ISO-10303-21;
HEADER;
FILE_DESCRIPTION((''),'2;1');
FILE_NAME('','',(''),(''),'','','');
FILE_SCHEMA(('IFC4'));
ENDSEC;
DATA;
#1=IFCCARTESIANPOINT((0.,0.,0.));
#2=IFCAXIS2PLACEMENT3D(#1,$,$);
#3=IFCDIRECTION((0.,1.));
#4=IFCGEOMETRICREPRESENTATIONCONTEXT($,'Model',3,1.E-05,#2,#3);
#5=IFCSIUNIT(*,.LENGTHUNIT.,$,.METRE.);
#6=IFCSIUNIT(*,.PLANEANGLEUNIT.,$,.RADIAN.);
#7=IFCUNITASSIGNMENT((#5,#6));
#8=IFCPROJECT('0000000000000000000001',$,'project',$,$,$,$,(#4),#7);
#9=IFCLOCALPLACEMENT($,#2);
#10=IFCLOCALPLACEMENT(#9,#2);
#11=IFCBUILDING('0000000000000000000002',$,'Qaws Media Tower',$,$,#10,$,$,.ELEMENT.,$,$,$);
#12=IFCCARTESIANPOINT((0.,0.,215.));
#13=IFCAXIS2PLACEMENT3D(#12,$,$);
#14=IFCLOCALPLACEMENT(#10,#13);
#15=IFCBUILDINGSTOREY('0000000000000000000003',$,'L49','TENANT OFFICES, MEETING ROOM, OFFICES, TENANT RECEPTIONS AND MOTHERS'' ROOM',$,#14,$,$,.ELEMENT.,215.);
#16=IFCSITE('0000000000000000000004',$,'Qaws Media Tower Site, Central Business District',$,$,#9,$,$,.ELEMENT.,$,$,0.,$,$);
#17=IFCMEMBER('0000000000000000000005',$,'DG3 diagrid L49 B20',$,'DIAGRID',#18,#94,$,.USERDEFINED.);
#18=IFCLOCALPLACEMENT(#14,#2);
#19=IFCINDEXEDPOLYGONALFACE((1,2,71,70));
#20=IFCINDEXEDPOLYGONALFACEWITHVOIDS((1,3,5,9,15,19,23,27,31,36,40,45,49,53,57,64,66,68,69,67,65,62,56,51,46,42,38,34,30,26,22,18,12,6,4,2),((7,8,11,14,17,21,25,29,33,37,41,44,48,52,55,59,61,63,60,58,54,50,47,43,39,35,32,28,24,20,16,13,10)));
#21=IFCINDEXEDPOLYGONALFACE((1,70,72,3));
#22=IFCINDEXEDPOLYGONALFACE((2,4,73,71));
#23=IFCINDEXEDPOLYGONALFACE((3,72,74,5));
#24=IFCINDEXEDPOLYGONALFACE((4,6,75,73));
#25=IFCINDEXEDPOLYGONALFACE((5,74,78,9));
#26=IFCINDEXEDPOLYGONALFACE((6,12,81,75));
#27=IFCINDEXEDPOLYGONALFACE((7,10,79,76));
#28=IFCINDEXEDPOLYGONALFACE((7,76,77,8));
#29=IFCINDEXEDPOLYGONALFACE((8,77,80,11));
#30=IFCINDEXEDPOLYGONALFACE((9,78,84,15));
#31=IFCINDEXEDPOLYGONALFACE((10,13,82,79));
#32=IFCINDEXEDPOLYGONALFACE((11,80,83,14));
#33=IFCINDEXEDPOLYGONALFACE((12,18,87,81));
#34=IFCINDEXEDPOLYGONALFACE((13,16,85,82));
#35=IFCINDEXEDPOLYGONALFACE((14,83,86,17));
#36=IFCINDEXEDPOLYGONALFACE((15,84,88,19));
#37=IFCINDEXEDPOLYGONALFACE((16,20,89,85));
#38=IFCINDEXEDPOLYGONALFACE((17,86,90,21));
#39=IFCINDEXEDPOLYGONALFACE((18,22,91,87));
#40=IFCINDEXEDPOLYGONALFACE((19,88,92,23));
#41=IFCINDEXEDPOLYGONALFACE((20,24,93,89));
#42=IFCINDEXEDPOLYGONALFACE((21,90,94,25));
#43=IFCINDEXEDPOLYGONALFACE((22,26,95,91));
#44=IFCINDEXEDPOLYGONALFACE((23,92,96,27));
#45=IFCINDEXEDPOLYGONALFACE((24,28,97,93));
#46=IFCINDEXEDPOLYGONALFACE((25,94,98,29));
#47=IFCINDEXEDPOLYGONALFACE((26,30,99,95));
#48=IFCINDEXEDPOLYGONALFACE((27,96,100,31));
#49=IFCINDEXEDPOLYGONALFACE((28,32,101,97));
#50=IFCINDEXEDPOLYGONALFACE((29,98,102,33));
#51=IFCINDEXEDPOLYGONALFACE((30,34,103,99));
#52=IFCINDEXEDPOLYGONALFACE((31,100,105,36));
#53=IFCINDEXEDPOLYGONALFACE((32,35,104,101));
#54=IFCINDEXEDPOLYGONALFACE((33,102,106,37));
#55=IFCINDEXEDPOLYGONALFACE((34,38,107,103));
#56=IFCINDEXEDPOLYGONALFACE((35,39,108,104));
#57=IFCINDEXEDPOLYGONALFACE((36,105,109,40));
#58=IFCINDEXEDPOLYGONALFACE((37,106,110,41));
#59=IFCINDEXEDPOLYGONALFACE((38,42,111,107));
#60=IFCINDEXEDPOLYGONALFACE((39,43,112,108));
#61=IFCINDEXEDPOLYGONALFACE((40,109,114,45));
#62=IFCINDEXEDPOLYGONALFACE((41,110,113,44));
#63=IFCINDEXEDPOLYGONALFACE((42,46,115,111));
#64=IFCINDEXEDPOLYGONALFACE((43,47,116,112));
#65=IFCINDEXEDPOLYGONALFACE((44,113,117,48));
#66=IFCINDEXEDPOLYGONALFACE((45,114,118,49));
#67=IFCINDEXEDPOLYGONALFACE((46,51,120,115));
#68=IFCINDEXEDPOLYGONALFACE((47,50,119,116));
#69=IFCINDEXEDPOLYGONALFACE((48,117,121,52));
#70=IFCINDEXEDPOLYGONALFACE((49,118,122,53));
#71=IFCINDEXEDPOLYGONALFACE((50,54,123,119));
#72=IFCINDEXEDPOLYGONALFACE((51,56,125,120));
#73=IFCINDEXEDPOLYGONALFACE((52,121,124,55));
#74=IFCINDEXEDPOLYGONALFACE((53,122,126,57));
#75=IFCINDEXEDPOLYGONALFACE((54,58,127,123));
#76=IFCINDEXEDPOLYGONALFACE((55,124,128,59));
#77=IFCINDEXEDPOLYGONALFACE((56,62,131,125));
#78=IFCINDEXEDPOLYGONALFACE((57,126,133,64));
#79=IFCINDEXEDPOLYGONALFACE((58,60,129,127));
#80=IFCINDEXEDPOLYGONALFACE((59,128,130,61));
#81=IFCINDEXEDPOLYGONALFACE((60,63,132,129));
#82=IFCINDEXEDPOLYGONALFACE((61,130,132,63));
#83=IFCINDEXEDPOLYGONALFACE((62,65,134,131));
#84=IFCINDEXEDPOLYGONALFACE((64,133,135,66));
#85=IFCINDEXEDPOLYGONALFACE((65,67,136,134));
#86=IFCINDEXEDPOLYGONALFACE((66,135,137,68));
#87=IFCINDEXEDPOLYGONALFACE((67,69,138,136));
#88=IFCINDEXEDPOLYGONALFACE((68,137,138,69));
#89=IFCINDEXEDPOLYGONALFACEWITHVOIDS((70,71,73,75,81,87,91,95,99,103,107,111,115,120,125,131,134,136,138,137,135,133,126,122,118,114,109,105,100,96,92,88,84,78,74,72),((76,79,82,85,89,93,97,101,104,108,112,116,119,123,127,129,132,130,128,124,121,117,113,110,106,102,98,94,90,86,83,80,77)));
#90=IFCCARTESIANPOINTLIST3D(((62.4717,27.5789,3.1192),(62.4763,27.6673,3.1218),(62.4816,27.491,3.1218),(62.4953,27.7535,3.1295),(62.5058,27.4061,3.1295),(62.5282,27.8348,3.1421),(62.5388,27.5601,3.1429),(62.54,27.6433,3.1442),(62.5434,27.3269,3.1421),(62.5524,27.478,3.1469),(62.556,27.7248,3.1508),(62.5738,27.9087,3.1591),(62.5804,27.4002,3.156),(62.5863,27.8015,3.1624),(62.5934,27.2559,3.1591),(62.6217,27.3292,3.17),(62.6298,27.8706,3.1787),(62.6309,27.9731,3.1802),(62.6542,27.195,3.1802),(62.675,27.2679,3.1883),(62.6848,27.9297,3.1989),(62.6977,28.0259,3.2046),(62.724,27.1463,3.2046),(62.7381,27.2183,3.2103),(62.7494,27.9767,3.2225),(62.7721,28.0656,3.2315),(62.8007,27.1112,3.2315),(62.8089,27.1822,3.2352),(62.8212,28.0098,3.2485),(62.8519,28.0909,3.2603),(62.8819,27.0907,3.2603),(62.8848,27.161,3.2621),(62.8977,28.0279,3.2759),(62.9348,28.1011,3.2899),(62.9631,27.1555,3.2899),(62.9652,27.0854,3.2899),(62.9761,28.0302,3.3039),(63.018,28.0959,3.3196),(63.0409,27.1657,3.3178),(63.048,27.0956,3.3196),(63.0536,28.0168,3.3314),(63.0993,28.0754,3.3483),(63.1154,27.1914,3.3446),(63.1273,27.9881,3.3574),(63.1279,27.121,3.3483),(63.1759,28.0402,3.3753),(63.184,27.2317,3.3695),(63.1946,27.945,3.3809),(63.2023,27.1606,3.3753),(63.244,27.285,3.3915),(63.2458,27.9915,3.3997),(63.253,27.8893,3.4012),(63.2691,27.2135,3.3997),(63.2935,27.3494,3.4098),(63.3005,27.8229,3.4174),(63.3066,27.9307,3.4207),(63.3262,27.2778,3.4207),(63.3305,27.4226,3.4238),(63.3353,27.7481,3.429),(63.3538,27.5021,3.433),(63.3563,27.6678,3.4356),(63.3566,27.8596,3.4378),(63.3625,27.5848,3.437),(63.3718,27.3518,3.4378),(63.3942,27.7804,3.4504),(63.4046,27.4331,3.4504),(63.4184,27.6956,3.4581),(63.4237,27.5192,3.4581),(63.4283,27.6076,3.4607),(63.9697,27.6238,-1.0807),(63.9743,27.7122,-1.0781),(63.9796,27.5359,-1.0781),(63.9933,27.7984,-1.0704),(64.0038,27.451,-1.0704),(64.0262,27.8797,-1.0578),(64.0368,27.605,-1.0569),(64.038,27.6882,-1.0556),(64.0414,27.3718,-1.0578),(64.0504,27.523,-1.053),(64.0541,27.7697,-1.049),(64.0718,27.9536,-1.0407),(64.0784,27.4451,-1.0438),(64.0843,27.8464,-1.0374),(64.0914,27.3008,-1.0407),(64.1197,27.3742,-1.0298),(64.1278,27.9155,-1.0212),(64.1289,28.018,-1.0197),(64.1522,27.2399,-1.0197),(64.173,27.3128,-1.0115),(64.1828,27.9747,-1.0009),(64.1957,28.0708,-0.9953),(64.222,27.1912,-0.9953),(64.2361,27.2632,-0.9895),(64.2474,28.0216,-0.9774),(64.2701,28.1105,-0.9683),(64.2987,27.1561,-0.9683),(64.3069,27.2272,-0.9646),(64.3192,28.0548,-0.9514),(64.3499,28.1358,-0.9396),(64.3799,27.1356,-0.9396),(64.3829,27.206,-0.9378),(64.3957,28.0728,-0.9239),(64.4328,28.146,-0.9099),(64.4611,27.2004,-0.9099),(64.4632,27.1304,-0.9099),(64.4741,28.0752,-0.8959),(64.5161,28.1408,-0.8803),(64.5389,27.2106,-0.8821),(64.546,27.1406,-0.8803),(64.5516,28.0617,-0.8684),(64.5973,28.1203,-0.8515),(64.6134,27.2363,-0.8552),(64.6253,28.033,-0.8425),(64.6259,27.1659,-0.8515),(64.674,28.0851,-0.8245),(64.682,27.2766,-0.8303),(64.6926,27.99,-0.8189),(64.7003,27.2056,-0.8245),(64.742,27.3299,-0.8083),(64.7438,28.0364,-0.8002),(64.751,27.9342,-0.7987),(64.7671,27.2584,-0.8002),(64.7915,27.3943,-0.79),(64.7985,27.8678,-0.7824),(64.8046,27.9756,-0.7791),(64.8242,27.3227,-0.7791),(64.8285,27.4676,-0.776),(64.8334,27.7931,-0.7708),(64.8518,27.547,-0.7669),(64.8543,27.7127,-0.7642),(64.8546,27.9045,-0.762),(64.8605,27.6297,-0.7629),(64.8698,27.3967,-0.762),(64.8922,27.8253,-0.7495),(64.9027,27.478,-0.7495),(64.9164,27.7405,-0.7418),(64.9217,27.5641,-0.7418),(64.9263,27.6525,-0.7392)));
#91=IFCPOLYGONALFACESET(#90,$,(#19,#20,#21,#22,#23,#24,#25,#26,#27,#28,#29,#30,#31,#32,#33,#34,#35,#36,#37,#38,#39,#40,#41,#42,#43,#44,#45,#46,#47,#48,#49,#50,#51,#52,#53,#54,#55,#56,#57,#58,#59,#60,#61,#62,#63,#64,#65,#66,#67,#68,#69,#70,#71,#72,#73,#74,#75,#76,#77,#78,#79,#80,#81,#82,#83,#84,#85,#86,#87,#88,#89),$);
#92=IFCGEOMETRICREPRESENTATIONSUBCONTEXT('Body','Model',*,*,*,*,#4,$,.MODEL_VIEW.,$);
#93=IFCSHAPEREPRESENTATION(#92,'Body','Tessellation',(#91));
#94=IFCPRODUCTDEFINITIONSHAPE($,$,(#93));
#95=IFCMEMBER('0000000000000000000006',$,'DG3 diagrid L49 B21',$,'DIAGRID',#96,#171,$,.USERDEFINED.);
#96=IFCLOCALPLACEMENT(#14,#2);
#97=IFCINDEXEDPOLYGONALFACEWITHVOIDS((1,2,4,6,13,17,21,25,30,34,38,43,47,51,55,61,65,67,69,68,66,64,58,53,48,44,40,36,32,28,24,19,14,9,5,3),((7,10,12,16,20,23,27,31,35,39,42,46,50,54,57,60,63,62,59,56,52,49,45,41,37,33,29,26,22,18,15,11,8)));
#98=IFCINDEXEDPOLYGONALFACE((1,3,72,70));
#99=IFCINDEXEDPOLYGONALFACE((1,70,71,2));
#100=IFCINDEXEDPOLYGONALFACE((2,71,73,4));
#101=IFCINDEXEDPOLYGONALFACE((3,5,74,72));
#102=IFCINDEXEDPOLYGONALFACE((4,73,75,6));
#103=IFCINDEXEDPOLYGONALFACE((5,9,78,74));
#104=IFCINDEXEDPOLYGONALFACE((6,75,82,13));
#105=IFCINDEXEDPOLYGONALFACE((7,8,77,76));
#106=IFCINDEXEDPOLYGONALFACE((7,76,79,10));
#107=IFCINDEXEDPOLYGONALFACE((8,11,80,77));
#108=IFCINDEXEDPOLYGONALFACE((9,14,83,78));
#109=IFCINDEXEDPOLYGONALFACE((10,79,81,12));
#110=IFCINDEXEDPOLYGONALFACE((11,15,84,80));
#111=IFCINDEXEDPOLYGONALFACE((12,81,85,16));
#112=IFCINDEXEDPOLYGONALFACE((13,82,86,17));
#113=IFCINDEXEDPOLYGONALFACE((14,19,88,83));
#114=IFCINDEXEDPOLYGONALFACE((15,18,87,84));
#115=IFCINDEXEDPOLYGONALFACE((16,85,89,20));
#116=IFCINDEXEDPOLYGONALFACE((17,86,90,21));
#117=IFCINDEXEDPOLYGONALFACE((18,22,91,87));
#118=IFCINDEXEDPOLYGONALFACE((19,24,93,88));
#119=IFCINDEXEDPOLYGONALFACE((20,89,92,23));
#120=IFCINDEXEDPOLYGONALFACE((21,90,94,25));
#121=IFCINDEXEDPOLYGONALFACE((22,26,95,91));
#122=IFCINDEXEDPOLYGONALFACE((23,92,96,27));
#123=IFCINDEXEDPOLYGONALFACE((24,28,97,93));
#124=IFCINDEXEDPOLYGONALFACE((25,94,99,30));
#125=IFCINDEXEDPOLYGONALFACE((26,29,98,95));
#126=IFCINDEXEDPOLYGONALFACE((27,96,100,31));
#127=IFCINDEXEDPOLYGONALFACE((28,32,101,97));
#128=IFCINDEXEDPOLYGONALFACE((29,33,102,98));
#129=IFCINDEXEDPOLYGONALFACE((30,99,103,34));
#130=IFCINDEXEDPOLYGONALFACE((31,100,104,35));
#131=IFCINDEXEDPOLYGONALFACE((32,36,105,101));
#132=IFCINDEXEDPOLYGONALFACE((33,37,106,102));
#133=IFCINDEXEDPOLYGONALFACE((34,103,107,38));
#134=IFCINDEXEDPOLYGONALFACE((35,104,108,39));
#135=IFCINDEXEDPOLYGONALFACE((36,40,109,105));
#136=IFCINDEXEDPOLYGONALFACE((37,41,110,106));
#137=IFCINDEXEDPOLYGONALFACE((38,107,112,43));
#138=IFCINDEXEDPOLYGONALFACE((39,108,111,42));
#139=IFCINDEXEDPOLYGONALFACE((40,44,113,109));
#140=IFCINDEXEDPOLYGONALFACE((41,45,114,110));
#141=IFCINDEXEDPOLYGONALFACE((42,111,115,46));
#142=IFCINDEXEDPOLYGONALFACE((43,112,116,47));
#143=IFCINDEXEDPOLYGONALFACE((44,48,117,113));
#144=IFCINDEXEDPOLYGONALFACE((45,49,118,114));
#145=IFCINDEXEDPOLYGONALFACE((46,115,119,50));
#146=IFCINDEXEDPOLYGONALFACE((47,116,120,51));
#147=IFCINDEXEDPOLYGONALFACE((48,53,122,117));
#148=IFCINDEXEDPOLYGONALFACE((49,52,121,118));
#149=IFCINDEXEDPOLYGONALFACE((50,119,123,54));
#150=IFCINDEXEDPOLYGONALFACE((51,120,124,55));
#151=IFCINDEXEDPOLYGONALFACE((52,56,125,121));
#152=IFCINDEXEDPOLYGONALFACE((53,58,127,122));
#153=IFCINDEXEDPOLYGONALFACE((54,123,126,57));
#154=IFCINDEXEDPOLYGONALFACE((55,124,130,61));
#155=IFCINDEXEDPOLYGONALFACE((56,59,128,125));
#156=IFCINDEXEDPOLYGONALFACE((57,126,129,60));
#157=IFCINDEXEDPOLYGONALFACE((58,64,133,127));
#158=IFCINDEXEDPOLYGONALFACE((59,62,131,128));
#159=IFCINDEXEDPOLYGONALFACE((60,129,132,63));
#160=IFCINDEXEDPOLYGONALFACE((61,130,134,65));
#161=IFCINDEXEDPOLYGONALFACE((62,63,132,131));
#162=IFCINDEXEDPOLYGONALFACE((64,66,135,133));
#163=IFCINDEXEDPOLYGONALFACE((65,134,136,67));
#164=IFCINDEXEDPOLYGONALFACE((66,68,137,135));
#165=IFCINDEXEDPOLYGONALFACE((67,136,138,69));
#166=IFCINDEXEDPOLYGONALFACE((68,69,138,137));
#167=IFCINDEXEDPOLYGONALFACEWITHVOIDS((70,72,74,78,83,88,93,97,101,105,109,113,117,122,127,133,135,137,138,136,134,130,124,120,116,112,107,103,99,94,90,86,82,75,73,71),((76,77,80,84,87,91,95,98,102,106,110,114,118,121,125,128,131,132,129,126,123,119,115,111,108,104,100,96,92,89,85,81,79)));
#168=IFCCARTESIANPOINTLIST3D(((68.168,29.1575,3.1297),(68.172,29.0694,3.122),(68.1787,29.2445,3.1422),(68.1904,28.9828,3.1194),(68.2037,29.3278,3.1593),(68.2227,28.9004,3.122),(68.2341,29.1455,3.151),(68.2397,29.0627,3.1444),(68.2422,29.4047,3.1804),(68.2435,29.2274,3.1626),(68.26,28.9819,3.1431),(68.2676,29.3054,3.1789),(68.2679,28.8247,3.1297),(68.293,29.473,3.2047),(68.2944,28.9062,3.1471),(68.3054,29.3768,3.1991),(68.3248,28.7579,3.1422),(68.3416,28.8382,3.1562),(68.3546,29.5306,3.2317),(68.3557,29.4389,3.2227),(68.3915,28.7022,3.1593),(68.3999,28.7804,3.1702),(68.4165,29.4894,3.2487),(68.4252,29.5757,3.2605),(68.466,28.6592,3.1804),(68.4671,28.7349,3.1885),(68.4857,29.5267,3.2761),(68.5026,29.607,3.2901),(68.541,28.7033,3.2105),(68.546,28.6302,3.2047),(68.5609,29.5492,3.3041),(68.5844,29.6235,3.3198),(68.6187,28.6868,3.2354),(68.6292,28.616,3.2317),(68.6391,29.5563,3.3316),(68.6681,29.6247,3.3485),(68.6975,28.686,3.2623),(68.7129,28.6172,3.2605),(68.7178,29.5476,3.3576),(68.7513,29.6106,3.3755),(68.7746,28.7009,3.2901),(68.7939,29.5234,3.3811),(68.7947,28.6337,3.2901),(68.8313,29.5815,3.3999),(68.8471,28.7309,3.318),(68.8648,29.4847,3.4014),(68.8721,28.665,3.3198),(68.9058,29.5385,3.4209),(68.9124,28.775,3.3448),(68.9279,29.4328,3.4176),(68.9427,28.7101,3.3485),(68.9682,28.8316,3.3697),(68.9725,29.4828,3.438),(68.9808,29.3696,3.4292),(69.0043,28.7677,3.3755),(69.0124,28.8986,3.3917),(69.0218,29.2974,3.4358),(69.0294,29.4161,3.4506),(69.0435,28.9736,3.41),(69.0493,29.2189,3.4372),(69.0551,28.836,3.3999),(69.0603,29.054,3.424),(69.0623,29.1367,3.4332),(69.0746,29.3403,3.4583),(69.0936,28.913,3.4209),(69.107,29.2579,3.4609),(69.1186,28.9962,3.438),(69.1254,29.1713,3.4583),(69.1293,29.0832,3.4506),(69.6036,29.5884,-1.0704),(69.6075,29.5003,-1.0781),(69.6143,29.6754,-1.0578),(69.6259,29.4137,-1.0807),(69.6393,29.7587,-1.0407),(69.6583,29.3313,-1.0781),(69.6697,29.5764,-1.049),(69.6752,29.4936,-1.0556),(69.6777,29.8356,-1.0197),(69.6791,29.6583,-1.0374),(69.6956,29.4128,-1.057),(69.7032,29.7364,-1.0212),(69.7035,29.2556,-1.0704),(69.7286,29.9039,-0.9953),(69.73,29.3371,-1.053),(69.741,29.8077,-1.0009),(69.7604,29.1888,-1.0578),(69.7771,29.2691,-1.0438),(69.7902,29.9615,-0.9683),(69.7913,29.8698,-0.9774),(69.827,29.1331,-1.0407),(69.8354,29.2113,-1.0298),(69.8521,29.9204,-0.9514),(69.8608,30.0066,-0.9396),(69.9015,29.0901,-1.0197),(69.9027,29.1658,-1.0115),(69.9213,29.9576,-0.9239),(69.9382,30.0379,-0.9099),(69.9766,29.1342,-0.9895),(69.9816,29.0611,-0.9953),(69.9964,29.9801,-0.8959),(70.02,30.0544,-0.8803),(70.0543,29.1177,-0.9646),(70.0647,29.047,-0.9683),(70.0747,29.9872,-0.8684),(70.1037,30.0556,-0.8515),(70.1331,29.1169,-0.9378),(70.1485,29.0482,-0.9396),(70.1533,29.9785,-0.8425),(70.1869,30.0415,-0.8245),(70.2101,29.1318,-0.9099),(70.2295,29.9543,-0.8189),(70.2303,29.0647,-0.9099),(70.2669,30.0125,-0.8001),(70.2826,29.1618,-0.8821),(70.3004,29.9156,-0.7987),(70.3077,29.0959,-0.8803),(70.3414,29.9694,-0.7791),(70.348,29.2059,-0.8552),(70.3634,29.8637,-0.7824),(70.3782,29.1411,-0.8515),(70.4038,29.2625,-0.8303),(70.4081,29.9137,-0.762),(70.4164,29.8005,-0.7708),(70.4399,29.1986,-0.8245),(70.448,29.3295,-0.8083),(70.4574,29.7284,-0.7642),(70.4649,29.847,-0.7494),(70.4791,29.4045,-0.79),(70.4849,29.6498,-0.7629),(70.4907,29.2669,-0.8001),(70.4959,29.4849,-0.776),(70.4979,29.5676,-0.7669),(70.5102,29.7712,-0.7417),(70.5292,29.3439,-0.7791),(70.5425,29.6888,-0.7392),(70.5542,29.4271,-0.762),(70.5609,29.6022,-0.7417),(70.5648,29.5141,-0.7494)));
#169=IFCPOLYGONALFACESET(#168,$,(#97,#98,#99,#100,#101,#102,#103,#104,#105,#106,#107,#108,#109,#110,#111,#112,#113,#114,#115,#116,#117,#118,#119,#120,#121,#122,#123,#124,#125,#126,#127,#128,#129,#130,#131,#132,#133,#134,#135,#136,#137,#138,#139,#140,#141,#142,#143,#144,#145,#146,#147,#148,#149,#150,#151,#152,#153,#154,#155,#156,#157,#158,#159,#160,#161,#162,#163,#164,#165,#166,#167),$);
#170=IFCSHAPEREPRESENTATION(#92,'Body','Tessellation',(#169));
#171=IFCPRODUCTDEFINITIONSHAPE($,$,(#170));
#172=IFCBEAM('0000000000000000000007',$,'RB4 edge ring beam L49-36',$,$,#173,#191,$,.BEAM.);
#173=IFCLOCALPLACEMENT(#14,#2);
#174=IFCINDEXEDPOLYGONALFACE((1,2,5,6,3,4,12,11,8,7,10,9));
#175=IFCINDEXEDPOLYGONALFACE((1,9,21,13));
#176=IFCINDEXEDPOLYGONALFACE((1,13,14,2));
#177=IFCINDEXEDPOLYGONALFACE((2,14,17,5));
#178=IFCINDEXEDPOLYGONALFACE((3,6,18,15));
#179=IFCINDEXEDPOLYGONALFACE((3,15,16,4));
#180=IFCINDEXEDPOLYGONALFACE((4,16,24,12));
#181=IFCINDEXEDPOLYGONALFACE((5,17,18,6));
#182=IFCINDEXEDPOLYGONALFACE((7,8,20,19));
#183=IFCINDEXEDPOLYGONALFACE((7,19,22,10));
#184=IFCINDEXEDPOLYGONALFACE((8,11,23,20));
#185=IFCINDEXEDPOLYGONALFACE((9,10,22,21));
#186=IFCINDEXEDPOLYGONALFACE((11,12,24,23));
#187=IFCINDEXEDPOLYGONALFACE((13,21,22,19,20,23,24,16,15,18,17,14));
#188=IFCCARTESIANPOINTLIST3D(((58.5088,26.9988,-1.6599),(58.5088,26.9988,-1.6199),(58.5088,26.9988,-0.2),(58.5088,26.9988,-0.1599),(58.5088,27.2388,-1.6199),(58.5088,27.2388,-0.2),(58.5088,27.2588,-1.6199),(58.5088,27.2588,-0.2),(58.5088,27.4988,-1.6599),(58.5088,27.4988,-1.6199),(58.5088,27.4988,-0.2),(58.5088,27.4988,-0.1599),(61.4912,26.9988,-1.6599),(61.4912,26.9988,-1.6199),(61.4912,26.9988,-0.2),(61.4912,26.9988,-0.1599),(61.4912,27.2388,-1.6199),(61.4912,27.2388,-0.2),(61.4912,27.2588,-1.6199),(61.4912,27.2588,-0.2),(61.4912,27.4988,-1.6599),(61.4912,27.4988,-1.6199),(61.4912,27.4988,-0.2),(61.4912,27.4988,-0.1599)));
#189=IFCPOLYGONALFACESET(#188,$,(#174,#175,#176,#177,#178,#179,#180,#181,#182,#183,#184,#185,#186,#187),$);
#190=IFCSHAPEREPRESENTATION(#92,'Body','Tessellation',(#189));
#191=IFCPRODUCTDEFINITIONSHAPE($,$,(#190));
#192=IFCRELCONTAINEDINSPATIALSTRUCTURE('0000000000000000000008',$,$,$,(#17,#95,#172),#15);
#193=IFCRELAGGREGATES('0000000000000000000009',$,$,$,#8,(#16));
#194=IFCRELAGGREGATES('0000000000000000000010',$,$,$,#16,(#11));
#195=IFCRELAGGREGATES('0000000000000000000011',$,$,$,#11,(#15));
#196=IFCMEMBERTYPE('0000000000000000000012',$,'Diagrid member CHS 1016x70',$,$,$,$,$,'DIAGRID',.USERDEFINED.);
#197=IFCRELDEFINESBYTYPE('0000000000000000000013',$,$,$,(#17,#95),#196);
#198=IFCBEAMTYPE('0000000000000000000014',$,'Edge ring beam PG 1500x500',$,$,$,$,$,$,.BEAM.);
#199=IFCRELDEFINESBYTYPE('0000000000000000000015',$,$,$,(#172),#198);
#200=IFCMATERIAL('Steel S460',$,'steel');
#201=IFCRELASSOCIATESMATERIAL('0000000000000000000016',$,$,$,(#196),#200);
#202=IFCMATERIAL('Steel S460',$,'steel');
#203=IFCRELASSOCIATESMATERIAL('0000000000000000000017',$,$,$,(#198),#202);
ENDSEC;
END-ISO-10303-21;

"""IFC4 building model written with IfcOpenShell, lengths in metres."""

from ifc_helpers import new_model, si_unit, direction, frame, origin, origin_2d, place, context, subcontext, project, spatial, hollow_circle, i_section, extrude, material, material_profile, profile_set, type_object, element, save


model = new_model("IFC4")

# Units and contexts
model_context = context("Model", 3, precision=1e-05, world=origin(), true_north=direction((0.0, 1.0)))
body_context = subcontext(model_context, "Body", "Model", "MODEL_VIEW")
ifc_project = project(units=[si_unit("LENGTHUNIT", "METRE"), si_unit("PLANEANGLEUNIT", "RADIAN")], contexts=[model_context])

# Site, building, storey
site_placement = place(None, origin())
site = spatial("IfcSite", under=ifc_project, at=site_placement, Name="Qaws Media Tower Site, Central Business District", CompositionType="ELEMENT", RefElevation=0.0)
building_placement = place(site_placement, origin())
building = spatial("IfcBuilding", under=site, at=building_placement, Name="Qaws Media Tower", CompositionType="ELEMENT")
storey_placement = place(building_placement, frame((0.0, 0.0, 215.0)))
storey = spatial("IfcBuildingStorey", under=building, at=storey_placement, Name="L49", Description="TENANT OFFICES, MEETING ROOM, OFFICES, TENANT RECEPTIONS AND MOTHERS' ROOM", CompositionType="ELEMENT", Elevation=215.0)

# Members
ifc_material_1 = material(Name="Steel S460", Category="steel")
ifc_material_profile_1 = material_profile(ifc_material_1, hollow_circle(Radius=0.5081, WallThickness=0.0701, at=origin_2d()), Name="CHS 1016x70")
ifc_profile_set_1 = profile_set([ifc_material_profile_1], Name="Steel S460")
member_type_1 = type_object("IfcMemberType", Name="Diagrid member CHS 1016x70", ElementType="DIAGRID", PredefinedType="USERDEFINED", material=ifc_profile_set_1)
member_1_placement = place(storey_placement, frame((64.448, 27.6382, -0.9099), z_axis=(-0.335934, -0.010074, 0.941832), x_axis=(0.029973, -0.999551, 0.0)))
element("IfcMember", 1, at=member_1_placement, inside=storey, type_object=member_type_1, Name="DG3 diagrid L49 B20", ObjectType="DIAGRID", PredefinedType="USERDEFINED", context=body_context, shape_type="SweptSolid", body=[
    extrude(hollow_circle(Radius=0.5081, WallThickness=0.0701, at=origin_2d()), origin(), (0.0, 0.0, 1.0), 4.4592),
])
member_2_placement = place(storey_placement, frame((70.0842, 29.5513, -0.9099), z_axis=(-0.321916, -0.09663, 0.941824), x_axis=(0.287497, -0.957781, 0.0)))
element("IfcMember", 2, at=member_2_placement, inside=storey, type_object=member_type_1, Name="DG3 diagrid L49 B21", ObjectType="DIAGRID", PredefinedType="USERDEFINED", context=body_context, shape_type="SweptSolid", body=[
    extrude(hollow_circle(Radius=0.5081, WallThickness=0.0701, at=origin_2d()), origin(), (0.0, 0.0, 1.0), 4.4595),
])

# Beam
ifc_material_2 = material(Name="Steel S460", Category="steel")
ifc_material_profile_2 = material_profile(ifc_material_2, i_section(OverallWidth=0.5, OverallDepth=1.5, WebThickness=0.02, FlangeThickness=0.04, at=origin_2d()), Name="PG 1500x500")
ifc_profile_set_2 = profile_set([ifc_material_profile_2], Name="Steel S460")
beam_type = type_object("IfcBeamType", Name="Edge ring beam PG 1500x500", PredefinedType="BEAM", material=ifc_profile_set_2)
for number, where, z_axis, x_axis, name in (
    (3, (58.5088, 27.2488, -0.9099), (1.0, 0.0, 0.0), (0.0, 1.0, 0.0), "RB4 edge ring beam L49-36"),
):
    element("IfcBeam", number, at=place(storey_placement, frame(where, z_axis=z_axis, x_axis=x_axis)), inside=storey, type_object=beam_type, Name=name, PredefinedType="BEAM", context=body_context, shape_type="SweptSolid", body=[
        extrude(i_section(OverallWidth=0.5, OverallDepth=1.5, WebThickness=0.02, FlangeThickness=0.04, at=origin_2d()), origin(), (0.0, 0.0, 1.0), 2.9824),
    ])

save(model, "model.ifc")
